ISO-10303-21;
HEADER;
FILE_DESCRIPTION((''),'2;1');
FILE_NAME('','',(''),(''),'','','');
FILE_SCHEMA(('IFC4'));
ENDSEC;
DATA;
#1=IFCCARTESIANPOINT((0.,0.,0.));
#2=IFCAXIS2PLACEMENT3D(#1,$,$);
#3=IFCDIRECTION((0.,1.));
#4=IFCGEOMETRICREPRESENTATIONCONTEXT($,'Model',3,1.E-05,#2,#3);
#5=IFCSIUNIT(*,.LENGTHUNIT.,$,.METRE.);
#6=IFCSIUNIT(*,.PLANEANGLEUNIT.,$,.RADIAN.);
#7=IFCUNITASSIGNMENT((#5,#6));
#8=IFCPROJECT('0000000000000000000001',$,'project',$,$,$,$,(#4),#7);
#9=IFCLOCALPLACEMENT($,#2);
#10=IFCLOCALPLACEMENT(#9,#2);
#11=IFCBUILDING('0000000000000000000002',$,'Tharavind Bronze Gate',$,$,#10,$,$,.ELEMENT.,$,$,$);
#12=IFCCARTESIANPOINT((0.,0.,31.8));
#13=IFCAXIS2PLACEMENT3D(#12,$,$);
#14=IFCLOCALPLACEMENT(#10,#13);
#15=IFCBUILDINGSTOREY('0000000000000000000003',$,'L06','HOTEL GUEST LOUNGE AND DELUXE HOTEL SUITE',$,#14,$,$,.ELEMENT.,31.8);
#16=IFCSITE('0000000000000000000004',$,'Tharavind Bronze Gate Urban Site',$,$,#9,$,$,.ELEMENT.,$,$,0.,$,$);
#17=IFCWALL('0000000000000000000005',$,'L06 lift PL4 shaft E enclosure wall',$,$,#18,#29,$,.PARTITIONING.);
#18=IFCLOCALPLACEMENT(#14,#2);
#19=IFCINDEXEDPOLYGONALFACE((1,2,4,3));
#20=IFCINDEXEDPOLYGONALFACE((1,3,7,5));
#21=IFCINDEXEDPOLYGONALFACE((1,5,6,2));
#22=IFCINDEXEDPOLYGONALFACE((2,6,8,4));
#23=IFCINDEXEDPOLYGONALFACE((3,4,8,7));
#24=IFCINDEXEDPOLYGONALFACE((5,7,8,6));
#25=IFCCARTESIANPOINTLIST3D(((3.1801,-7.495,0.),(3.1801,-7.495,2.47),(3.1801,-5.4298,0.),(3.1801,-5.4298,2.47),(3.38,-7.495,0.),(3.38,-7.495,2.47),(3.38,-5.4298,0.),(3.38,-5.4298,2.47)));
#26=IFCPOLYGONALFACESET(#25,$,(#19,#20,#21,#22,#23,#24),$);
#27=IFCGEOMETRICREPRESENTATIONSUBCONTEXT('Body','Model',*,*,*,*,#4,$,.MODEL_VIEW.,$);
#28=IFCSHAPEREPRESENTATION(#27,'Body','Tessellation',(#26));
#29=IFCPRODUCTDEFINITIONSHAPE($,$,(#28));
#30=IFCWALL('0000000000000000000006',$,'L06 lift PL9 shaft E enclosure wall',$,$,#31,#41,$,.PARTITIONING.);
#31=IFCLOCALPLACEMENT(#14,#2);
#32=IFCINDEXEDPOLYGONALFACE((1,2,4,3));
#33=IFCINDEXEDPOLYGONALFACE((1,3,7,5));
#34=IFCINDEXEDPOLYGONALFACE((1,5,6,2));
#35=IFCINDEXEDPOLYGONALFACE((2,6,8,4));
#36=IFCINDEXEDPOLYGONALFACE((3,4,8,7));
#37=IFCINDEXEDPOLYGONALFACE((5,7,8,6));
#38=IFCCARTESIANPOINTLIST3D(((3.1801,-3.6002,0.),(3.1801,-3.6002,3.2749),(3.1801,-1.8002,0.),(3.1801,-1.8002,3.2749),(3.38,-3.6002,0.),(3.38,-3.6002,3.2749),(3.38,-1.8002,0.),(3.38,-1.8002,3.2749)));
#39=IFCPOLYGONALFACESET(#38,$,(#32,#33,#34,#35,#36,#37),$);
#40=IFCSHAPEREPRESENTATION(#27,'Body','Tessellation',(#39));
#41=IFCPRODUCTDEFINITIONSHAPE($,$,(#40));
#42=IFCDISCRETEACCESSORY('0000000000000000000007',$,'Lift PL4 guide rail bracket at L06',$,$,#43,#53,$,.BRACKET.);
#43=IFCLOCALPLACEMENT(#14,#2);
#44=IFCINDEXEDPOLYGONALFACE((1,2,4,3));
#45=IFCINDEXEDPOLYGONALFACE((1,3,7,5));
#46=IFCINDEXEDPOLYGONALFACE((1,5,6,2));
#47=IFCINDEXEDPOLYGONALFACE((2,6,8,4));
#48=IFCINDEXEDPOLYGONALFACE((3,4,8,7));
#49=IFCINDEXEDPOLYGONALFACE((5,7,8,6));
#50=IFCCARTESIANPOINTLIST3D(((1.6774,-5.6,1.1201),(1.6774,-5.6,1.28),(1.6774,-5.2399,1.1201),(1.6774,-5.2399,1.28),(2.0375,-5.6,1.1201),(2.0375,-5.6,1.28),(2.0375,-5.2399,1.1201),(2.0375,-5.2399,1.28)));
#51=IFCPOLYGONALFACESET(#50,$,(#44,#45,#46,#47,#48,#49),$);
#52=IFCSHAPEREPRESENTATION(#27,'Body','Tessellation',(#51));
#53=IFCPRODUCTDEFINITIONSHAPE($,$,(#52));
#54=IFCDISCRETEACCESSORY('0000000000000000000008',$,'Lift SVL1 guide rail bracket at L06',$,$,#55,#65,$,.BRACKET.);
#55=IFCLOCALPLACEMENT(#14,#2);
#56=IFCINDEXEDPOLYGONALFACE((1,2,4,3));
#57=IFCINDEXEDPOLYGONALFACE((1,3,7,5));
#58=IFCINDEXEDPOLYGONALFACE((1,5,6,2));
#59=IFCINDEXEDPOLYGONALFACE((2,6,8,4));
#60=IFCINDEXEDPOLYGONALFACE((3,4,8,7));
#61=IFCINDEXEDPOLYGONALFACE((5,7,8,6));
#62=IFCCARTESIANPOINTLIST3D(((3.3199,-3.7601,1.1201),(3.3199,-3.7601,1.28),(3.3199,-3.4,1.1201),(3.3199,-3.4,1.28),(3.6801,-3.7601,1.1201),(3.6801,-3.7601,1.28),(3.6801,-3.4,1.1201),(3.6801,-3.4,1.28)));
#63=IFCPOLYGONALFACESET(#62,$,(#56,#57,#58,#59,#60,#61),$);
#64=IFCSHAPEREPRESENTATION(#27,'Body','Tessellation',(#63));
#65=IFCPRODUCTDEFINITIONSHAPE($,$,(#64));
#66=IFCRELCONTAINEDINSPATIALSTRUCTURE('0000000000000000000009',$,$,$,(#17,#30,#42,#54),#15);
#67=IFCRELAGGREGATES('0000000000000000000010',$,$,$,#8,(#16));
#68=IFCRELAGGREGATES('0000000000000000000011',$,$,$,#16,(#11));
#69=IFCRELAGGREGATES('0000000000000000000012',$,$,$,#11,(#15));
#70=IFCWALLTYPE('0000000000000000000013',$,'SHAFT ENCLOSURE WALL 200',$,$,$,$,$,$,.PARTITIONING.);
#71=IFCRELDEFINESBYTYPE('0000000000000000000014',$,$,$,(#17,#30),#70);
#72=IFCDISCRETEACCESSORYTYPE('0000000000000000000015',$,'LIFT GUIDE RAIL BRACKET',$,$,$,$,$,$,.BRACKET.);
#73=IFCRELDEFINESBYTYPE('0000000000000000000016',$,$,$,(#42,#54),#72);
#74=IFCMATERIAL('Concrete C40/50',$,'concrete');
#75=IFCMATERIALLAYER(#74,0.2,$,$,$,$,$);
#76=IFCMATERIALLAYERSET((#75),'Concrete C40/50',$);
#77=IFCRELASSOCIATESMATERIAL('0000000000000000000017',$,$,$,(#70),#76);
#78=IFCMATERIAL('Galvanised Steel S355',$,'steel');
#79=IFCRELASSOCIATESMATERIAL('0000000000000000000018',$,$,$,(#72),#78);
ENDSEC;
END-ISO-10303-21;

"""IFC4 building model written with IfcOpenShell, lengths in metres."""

from ifc_helpers import new_model, si_unit, direction, frame, frame_2d, origin, origin_2d, place, context, subcontext, project, spatial, rectangle, extrude, material, layer, layer_set, type_object, element, save


model = new_model("IFC4")

# Units and contexts
model_context = context("Model", 3, precision=1e-05, world=origin(), true_north=direction((0.0, 1.0)))
body_context = subcontext(model_context, "Body", "Model", "MODEL_VIEW")
ifc_project = project(units=[si_unit("LENGTHUNIT", "METRE"), si_unit("PLANEANGLEUNIT", "RADIAN")], contexts=[model_context])

# Site, building, storey
site_placement = place(None, origin())
site = spatial("IfcSite", under=ifc_project, at=site_placement, Name="Tharavind Bronze Gate Urban Site", CompositionType="ELEMENT", RefElevation=0.0)
building_placement = place(site_placement, origin())
building = spatial("IfcBuilding", under=site, at=building_placement, Name="Tharavind Bronze Gate", CompositionType="ELEMENT")
storey_placement = place(building_placement, frame((0.0, 0.0, 31.8)))
storey = spatial("IfcBuildingStorey", under=building, at=storey_placement, Name="L06", Description="HOTEL GUEST LOUNGE AND DELUXE HOTEL SUITE", CompositionType="ELEMENT", Elevation=31.8)

# Walls
ifc_material_1 = material(Name="Concrete C40/50", Category="concrete")
ifc_layer_1 = layer(ifc_material_1, 0.2)
ifc_layer_set_1 = layer_set([ifc_layer_1], Name="Concrete C40/50")
wall_type_1 = type_object("IfcWallType", Name="SHAFT ENCLOSURE WALL 200", PredefinedType="PARTITIONING", material=ifc_layer_set_1)
wall_1_placement = place(storey_placement, frame((3.28, -7.4951, 0.0), z_axis=(0.0, 0.0, 1.0), x_axis=(0.0, 1.0, 0.0)))
element("IfcWall", 1, at=wall_1_placement, inside=storey, type_object=wall_type_1, Name="L06 lift PL4 shaft E enclosure wall", PredefinedType="PARTITIONING", context=body_context, shape_type="SweptSolid", body=[
    extrude(rectangle(XDim=2.0652, YDim=0.2, at=frame_2d((1.0327, 0.0))), origin(), (0.0, 0.0, 1.0), 2.47),
])
wall_2_placement = place(storey_placement, frame((3.28, -3.6001, 0.0), z_axis=(0.0, 0.0, 1.0), x_axis=(0.0, 1.0, 0.0)))
element("IfcWall", 2, at=wall_2_placement, inside=storey, type_object=wall_type_1, Name="L06 lift PL9 shaft E enclosure wall", PredefinedType="PARTITIONING", context=body_context, shape_type="SweptSolid", body=[
    extrude(rectangle(XDim=1.8, YDim=0.2, at=frame_2d((0.8999, 0.0))), origin(), (0.0, 0.0, 1.0), 3.2749),
])

# Discrete accessories
ifc_material_2 = material(Name="Galvanised Steel S355", Category="steel")
discrete_accessory_type = type_object("IfcDiscreteAccessoryType", Name="LIFT GUIDE RAIL BRACKET", PredefinedType="BRACKET", material=ifc_material_2)
for number, where, z_axis, x_axis, name in (
    (3, (1.8574, -5.4199, 1.1201), (0.0, 0.0, 1.0), (1.0, 0.0, 0.0), "Lift PL4 guide rail bracket at L06"),
    (4, (3.5, -3.5801, 1.1201), (0.0, 0.0, 1.0), (1.0, 0.0, 0.0), "Lift SVL1 guide rail bracket at L06"),
):
    element("IfcDiscreteAccessory", number, at=place(storey_placement, frame(where, z_axis=z_axis, x_axis=x_axis)), inside=storey, type_object=discrete_accessory_type, Name=name, PredefinedType="BRACKET", context=body_context, shape_type="SweptSolid", body=[
        extrude(rectangle(XDim=0.3601, YDim=0.3601, at=origin_2d()), origin(), (0.0, 0.0, 1.0), 0.1599),
    ])

save(model, "model.ifc")
